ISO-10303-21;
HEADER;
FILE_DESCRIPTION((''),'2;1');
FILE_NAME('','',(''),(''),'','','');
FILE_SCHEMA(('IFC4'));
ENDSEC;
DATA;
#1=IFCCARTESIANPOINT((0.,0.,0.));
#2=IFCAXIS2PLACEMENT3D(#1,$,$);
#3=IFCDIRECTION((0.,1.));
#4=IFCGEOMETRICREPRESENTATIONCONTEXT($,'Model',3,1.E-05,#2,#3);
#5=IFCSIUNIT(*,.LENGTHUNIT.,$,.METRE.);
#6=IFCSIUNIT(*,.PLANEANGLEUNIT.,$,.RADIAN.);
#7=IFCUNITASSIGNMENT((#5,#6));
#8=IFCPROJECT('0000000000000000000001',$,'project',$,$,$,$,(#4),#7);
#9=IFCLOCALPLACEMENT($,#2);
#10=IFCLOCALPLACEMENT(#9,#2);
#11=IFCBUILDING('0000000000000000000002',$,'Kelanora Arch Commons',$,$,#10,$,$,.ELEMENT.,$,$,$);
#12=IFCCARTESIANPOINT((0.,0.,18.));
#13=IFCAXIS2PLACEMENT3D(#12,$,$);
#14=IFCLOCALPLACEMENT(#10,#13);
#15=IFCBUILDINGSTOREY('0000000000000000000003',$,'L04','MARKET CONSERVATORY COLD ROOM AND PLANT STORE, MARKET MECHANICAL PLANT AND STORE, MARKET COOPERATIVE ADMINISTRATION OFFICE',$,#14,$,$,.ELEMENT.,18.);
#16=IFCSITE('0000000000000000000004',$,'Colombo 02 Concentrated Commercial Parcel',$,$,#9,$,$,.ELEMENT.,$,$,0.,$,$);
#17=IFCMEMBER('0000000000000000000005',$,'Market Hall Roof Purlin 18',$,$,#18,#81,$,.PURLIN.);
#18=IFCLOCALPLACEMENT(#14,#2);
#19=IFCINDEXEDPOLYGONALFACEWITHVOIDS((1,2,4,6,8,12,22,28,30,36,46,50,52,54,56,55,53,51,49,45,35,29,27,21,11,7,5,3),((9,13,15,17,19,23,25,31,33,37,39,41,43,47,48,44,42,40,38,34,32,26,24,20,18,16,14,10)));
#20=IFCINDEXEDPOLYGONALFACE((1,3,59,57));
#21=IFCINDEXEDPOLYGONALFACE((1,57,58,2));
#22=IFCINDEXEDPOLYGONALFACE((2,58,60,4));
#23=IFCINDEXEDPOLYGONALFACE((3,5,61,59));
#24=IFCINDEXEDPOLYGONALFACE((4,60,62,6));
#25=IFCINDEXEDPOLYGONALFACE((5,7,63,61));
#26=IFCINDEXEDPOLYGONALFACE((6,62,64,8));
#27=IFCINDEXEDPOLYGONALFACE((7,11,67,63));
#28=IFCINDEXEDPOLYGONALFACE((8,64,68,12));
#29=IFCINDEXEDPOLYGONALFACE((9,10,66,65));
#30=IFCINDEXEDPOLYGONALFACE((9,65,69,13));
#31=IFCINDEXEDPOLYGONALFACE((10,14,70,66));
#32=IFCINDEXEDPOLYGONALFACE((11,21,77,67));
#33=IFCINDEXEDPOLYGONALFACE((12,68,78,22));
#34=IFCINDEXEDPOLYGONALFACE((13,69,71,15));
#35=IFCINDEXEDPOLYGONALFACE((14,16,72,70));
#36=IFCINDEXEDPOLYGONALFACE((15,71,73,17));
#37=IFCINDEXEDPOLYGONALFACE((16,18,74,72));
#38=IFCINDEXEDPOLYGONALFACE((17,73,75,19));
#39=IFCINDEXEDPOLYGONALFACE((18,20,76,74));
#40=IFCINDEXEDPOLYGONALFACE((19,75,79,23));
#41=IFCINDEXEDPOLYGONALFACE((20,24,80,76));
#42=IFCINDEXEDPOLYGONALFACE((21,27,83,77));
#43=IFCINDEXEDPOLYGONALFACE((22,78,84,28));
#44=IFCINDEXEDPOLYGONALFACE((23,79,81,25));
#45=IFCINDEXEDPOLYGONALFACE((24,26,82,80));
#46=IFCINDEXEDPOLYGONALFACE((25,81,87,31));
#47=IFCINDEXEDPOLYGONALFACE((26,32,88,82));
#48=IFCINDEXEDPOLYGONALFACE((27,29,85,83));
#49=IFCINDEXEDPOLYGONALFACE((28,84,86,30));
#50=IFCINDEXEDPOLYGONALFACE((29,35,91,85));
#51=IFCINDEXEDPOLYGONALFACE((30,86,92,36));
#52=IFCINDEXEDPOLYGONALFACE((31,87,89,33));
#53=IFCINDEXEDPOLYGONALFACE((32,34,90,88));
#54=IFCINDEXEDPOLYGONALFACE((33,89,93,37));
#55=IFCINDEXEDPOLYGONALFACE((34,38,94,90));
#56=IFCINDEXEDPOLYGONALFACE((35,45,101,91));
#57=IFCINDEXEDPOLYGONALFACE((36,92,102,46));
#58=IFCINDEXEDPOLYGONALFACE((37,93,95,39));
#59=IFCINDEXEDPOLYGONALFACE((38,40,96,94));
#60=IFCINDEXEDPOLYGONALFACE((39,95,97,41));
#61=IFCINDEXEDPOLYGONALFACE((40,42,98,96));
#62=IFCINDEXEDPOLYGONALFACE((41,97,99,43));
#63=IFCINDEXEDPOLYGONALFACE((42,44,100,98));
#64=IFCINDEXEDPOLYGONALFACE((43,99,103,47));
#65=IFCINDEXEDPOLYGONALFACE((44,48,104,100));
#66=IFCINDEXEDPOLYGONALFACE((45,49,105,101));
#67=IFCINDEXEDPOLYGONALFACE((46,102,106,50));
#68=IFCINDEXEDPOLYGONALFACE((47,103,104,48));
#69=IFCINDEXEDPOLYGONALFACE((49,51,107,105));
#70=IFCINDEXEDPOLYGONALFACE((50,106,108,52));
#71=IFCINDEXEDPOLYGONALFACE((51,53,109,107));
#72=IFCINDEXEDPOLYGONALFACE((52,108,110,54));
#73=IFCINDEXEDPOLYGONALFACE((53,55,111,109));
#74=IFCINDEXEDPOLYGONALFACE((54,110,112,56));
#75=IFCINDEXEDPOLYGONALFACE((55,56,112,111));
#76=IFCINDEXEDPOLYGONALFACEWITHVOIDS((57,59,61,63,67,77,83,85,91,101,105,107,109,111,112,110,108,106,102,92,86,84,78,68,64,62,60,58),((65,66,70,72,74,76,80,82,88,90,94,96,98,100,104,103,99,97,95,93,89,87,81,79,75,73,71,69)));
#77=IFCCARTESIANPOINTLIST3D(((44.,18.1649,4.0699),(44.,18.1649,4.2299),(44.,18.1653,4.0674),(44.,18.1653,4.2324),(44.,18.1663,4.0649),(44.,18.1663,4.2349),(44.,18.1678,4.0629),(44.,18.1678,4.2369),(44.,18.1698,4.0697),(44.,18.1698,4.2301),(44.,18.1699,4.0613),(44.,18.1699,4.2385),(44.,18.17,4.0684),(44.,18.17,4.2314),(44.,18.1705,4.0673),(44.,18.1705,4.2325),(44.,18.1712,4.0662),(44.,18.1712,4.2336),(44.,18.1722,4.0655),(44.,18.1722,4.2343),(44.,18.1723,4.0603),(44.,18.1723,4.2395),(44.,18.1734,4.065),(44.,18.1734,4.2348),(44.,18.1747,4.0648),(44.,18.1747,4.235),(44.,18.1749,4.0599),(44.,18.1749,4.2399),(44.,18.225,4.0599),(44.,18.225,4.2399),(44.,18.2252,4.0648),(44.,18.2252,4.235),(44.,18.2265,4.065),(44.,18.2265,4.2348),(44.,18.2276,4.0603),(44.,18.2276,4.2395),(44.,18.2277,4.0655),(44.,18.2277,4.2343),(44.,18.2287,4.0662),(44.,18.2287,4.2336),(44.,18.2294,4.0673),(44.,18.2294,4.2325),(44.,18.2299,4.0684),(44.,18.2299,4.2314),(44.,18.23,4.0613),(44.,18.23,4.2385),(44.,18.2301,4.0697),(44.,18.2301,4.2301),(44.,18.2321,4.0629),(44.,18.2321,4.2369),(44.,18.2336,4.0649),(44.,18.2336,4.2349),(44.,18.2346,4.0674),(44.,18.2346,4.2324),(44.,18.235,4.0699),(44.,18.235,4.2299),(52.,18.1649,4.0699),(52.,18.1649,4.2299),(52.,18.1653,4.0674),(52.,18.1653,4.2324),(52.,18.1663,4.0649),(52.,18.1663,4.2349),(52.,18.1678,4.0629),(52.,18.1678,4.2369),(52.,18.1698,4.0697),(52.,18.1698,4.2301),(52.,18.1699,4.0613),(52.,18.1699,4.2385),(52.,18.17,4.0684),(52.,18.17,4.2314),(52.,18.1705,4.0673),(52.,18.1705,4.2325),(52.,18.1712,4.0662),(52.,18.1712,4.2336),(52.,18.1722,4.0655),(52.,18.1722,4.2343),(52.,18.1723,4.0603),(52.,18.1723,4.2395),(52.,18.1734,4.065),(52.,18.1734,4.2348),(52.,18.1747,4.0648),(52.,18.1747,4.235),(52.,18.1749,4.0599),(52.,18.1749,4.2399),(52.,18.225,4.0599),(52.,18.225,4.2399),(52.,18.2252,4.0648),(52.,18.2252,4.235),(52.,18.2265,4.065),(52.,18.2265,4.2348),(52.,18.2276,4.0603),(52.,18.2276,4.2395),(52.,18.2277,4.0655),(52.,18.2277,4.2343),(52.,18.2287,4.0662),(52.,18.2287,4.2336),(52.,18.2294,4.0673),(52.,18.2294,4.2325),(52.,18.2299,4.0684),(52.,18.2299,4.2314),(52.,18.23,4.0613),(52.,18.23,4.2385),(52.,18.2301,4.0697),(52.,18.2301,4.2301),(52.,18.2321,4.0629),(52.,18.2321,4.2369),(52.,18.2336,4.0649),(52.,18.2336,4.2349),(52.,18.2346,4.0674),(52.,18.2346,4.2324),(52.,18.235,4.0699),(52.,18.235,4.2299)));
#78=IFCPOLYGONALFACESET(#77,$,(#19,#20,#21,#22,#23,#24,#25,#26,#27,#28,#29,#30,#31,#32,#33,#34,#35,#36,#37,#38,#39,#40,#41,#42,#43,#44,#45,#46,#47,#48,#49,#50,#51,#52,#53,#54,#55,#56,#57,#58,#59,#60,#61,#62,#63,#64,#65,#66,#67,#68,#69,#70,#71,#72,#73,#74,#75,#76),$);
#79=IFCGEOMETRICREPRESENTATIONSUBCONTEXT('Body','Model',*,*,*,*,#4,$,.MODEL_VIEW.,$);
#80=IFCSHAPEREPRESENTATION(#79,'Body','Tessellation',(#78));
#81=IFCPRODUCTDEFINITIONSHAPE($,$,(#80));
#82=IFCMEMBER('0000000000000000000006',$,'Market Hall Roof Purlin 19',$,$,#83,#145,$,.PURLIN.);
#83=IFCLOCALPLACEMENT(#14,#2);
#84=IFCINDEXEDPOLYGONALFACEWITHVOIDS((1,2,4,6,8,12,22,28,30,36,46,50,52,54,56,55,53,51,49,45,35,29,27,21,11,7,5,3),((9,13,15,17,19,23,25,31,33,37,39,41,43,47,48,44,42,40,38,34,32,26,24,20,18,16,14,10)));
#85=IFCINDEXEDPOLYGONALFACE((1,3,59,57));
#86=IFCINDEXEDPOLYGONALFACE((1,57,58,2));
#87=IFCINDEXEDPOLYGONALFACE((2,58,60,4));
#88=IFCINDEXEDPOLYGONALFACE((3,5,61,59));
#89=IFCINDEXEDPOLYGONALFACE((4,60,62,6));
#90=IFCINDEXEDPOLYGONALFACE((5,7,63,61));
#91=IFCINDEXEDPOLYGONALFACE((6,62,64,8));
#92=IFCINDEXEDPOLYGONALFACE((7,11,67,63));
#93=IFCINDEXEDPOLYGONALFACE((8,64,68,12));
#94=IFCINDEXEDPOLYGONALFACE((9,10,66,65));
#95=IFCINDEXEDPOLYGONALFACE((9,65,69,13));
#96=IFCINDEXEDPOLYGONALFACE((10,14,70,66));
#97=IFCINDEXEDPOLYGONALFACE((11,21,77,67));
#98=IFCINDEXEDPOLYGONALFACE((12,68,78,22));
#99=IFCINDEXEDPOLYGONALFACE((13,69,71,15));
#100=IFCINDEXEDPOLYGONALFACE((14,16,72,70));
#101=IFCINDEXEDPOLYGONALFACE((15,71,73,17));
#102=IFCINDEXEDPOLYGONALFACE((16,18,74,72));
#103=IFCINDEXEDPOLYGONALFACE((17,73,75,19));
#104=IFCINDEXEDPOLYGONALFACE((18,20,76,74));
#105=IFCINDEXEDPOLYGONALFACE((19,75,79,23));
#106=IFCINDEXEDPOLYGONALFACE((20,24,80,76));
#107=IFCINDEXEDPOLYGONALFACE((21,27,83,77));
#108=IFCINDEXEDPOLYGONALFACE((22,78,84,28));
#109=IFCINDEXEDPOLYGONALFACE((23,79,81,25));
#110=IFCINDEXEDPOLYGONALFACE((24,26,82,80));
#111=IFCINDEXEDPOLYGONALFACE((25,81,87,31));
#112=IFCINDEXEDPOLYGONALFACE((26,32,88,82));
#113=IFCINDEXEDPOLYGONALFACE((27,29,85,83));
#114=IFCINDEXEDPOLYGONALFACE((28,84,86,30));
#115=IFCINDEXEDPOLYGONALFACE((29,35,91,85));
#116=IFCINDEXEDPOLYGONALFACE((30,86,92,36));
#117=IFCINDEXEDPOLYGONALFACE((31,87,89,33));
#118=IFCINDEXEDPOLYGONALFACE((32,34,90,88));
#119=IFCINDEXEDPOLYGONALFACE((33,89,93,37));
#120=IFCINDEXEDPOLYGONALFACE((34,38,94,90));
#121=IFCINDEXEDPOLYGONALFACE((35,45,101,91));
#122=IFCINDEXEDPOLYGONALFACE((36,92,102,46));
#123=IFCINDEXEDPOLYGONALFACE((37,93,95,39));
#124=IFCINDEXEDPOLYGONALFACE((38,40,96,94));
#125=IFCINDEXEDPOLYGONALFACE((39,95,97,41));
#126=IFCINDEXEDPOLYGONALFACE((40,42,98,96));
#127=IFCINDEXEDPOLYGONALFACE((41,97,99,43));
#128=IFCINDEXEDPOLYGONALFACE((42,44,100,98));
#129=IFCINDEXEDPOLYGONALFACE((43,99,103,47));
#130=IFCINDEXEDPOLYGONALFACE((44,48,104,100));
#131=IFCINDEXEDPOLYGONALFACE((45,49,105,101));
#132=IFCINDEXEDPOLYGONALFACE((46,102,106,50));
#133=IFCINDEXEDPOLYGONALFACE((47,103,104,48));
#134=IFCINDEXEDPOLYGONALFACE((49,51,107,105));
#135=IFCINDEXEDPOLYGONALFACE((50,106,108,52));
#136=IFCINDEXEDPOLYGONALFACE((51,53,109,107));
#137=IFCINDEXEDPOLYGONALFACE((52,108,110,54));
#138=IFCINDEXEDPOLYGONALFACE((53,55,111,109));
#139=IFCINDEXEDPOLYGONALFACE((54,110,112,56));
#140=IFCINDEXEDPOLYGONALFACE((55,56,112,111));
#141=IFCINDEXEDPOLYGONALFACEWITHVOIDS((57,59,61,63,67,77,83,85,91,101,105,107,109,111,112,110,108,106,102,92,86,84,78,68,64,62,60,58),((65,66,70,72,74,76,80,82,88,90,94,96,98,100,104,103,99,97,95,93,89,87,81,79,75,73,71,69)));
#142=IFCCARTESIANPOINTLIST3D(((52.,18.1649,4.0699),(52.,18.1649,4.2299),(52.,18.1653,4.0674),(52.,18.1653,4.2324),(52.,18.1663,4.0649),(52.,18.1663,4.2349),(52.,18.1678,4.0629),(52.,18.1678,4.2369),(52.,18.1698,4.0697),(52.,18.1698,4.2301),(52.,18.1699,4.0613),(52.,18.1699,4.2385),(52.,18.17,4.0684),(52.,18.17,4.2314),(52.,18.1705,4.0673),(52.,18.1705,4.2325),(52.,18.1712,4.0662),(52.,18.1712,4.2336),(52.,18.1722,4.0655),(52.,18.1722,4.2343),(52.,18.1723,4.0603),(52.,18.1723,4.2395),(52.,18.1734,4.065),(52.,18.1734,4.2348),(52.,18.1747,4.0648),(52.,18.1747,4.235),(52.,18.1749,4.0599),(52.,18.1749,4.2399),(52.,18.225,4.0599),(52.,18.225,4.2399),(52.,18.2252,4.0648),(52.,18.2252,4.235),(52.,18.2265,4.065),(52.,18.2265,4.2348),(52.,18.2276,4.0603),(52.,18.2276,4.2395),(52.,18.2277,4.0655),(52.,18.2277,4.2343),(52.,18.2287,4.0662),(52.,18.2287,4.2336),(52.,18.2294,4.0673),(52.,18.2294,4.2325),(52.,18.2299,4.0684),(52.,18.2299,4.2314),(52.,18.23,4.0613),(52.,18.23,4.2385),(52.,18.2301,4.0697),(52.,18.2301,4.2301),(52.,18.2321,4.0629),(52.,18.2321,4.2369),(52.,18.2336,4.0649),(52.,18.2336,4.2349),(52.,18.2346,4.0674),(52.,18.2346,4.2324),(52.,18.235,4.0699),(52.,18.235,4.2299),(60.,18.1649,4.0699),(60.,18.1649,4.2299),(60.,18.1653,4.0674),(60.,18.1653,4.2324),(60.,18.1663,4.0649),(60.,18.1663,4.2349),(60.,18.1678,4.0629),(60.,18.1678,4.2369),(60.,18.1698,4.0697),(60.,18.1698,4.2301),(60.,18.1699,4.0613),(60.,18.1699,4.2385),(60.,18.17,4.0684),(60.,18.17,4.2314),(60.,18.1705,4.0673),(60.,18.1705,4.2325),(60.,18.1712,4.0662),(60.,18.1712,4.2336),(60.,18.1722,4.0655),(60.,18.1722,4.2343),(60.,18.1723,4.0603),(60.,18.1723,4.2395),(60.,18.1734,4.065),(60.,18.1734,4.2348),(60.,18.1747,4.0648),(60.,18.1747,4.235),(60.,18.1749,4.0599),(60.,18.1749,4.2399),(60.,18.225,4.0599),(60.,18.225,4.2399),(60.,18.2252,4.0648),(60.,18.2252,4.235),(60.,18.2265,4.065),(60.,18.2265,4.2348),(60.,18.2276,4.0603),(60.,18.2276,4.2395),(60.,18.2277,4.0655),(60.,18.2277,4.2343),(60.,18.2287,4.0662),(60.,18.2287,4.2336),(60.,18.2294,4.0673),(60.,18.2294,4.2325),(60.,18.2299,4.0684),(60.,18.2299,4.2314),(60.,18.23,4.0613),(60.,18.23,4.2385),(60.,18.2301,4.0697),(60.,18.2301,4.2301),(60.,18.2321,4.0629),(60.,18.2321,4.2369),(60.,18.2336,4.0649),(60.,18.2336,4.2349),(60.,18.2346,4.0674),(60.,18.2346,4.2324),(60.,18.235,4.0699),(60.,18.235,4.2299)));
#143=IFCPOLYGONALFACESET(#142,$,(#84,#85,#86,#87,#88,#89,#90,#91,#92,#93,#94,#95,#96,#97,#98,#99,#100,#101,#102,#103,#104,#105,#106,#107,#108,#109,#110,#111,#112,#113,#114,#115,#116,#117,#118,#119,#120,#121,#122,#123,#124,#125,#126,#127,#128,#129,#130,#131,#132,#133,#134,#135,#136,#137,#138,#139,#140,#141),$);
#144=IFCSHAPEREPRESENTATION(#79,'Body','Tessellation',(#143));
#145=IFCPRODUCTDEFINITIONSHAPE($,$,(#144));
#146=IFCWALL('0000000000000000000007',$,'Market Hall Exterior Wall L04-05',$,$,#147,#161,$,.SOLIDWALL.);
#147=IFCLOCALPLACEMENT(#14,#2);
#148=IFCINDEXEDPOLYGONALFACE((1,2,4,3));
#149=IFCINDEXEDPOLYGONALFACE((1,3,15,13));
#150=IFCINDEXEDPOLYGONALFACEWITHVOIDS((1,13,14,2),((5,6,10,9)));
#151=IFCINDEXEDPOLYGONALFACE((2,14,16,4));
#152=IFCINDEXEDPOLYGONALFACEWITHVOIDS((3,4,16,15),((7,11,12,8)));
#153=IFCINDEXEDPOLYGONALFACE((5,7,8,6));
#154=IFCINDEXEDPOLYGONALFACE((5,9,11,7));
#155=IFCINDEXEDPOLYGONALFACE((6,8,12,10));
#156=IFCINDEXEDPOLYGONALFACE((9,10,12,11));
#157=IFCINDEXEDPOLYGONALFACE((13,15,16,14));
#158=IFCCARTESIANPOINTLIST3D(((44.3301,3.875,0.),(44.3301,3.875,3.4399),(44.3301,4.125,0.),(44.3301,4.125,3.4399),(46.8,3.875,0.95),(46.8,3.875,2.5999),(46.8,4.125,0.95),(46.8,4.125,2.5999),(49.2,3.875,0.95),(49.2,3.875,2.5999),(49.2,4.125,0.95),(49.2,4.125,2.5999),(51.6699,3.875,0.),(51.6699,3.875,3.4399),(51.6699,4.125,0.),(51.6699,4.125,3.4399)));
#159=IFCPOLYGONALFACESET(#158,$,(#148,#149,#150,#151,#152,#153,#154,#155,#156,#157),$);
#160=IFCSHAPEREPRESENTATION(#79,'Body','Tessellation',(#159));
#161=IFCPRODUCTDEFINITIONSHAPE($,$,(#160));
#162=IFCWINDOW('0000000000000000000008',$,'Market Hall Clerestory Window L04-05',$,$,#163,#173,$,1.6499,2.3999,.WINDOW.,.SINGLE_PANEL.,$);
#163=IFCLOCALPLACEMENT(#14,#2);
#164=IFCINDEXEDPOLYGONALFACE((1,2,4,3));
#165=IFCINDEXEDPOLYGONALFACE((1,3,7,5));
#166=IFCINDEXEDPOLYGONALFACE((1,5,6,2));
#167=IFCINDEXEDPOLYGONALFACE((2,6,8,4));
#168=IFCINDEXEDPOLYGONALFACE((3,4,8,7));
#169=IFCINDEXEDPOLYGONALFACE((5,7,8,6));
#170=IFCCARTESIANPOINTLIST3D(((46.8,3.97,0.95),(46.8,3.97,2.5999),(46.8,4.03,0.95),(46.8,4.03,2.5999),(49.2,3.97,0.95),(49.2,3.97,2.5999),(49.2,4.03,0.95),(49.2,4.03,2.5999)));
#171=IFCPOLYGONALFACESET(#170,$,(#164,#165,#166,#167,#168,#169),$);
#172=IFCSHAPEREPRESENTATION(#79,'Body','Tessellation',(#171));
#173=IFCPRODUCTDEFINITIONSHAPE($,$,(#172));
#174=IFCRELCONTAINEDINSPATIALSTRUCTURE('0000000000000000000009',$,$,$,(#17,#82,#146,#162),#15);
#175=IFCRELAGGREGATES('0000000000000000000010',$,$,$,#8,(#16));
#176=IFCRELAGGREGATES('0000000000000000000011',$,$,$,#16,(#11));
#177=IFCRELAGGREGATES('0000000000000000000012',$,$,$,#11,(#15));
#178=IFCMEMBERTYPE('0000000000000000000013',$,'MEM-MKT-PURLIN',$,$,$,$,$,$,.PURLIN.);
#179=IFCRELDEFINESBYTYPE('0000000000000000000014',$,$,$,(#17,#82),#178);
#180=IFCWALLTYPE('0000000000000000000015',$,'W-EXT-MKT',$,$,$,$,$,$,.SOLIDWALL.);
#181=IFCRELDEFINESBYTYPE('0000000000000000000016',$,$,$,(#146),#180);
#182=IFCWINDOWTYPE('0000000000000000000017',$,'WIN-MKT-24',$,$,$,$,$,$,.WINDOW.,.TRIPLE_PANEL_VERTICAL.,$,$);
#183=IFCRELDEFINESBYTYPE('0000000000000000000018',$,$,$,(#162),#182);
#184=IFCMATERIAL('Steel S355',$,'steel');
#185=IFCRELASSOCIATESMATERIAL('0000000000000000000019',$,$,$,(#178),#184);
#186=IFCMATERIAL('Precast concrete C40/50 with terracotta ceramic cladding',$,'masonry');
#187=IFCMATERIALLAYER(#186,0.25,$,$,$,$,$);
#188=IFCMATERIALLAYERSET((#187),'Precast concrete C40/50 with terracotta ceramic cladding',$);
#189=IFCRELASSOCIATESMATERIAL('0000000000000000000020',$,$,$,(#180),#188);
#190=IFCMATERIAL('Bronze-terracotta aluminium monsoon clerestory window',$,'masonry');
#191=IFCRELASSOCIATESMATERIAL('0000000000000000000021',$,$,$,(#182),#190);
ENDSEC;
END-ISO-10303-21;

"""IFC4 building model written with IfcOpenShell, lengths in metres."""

from ifc_helpers import new_model, si_unit, direction, frame, frame_2d, origin, origin_2d, place, context, subcontext, project, spatial, rectangle, hollow_rectangle, extrude, material, layer, layer_set, material_profile, profile_set, type_object, element, fill, save


model = new_model("IFC4")

# Units and contexts
model_context = context("Model", 3, precision=1e-05, world=origin(), true_north=direction((0.0, 1.0)))
body_context = subcontext(model_context, "Body", "Model", "MODEL_VIEW")
ifc_project = project(units=[si_unit("LENGTHUNIT", "METRE"), si_unit("PLANEANGLEUNIT", "RADIAN")], contexts=[model_context])

# Site, building, storey
site_placement = place(None, origin())
site = spatial("IfcSite", under=ifc_project, at=site_placement, Name="Colombo 02 Concentrated Commercial Parcel", CompositionType="ELEMENT", RefElevation=0.0)
building_placement = place(site_placement, origin())
building = spatial("IfcBuilding", under=site, at=building_placement, Name="Kelanora Arch Commons", CompositionType="ELEMENT")
storey_placement = place(building_placement, frame((0.0, 0.0, 18.0)))
storey = spatial("IfcBuildingStorey", under=building, at=storey_placement, Name="L04", Description="MARKET CONSERVATORY COLD ROOM AND PLANT STORE, MARKET MECHANICAL PLANT AND STORE, MARKET COOPERATIVE ADMINISTRATION OFFICE", CompositionType="ELEMENT", Elevation=18.0)

# Shared definitions
ifc_material_1 = material(Name="Steel S355", Category="steel")

# Members
ifc_material_profile_1 = material_profile(ifc_material_1, hollow_rectangle(XDim=0.0701, YDim=0.1799, WallThickness=0.0049, InnerFilletRadius=0.0049, OuterFilletRadius=0.01, at=origin_2d()), Name="RHS180x70x5")
ifc_profile_set_1 = profile_set([ifc_material_profile_1], Name="Steel S355")
member_type = type_object("IfcMemberType", Name="MEM-MKT-PURLIN", PredefinedType="PURLIN", material=ifc_profile_set_1)
for number, where, z_axis, x_axis, name in (
    (1, (44.0, 18.2, 4.1499), (1.0, 0.0, 0.0), (0.0, 1.0, 0.0), "Market Hall Roof Purlin 18"),
    (2, (52.0, 18.2, 4.1499), (1.0, 0.0, 0.0), (0.0, 1.0, 0.0), "Market Hall Roof Purlin 19"),
):
    element("IfcMember", number, at=place(storey_placement, frame(where, z_axis=z_axis, x_axis=x_axis)), inside=storey, type_object=member_type, Name=name, PredefinedType="PURLIN", context=body_context, shape_type="SweptSolid", body=[
        extrude(hollow_rectangle(XDim=0.0701, YDim=0.1799, WallThickness=0.0049, InnerFilletRadius=0.0049, OuterFilletRadius=0.01, at=origin_2d()), origin(), (0.0, 0.0, 1.0), 8.0),
    ])

# Wall, opening, window
ifc_material_2 = material(Name="Precast concrete C40/50 with terracotta ceramic cladding", Category="masonry")
ifc_layer_1 = layer(ifc_material_2, 0.25)
ifc_layer_set_1 = layer_set([ifc_layer_1], Name="Precast concrete C40/50 with terracotta ceramic cladding")
wall_type_1 = type_object("IfcWallType", Name="W-EXT-MKT", PredefinedType="SOLIDWALL", material=ifc_layer_set_1)
wall_1_placement = place(storey_placement, frame((44.3301, 4.0, 0.0), z_axis=(0.0, 0.0, 1.0), x_axis=(1.0, 0.0, 0.0)))
wall_1 = element("IfcWall", 3, at=wall_1_placement, inside=storey, type_object=wall_type_1, Name="Market Hall Exterior Wall L04-05", PredefinedType="SOLIDWALL", context=body_context, shape_type="SweptSolid", body=[
    extrude(rectangle(XDim=7.3398, YDim=0.25, at=frame_2d((3.6699, 0.0))), origin(), (0.0, 0.0, 1.0), 3.4399),
])
opening_1_placement = place(wall_1_placement, frame((2.47, 0.0, 0.95)))
opening_1 = element("IfcOpeningElement", 4, at=opening_1_placement, cuts=wall_1, PredefinedType="OPENING", context=body_context, shape_type="SweptSolid", body=[
    extrude(rectangle(XDim=2.3999, YDim=1.6499, at=frame_2d((1.2, 0.825))), frame((0.0, 0.135, 0.0), z_axis=(0.0, -1.0, 0.0), x_axis=(1.0, 0.0, 0.0)), (0.0, 0.0, 1.0), 0.27),
])
ifc_material_3 = material(Name="Bronze-terracotta aluminium monsoon clerestory window", Category="masonry")
window_type = type_object("IfcWindowType", Name="WIN-MKT-24", PartitioningType="TRIPLE_PANEL_VERTICAL", PredefinedType="WINDOW", material=ifc_material_3)
window_1_placement = place(opening_1_placement, origin())
window_1 = element("IfcWindow", 5, at=window_1_placement, inside=storey, type_object=window_type, Name="Market Hall Clerestory Window L04-05", OverallHeight=1.6499, OverallWidth=2.3999, PartitioningType="SINGLE_PANEL", PredefinedType="WINDOW", context=body_context, shape_type="SweptSolid", body=[
    extrude(rectangle(XDim=2.3999, YDim=1.6499, at=frame_2d((1.2, 0.825))), frame((0.0, 0.03, 0.0), z_axis=(0.0, -1.0, 0.0), x_axis=(1.0, 0.0, 0.0)), (0.0, 0.0, 1.0), 0.0601),
])
fill(opening_1, window_1)

save(model, "model.ifc")
